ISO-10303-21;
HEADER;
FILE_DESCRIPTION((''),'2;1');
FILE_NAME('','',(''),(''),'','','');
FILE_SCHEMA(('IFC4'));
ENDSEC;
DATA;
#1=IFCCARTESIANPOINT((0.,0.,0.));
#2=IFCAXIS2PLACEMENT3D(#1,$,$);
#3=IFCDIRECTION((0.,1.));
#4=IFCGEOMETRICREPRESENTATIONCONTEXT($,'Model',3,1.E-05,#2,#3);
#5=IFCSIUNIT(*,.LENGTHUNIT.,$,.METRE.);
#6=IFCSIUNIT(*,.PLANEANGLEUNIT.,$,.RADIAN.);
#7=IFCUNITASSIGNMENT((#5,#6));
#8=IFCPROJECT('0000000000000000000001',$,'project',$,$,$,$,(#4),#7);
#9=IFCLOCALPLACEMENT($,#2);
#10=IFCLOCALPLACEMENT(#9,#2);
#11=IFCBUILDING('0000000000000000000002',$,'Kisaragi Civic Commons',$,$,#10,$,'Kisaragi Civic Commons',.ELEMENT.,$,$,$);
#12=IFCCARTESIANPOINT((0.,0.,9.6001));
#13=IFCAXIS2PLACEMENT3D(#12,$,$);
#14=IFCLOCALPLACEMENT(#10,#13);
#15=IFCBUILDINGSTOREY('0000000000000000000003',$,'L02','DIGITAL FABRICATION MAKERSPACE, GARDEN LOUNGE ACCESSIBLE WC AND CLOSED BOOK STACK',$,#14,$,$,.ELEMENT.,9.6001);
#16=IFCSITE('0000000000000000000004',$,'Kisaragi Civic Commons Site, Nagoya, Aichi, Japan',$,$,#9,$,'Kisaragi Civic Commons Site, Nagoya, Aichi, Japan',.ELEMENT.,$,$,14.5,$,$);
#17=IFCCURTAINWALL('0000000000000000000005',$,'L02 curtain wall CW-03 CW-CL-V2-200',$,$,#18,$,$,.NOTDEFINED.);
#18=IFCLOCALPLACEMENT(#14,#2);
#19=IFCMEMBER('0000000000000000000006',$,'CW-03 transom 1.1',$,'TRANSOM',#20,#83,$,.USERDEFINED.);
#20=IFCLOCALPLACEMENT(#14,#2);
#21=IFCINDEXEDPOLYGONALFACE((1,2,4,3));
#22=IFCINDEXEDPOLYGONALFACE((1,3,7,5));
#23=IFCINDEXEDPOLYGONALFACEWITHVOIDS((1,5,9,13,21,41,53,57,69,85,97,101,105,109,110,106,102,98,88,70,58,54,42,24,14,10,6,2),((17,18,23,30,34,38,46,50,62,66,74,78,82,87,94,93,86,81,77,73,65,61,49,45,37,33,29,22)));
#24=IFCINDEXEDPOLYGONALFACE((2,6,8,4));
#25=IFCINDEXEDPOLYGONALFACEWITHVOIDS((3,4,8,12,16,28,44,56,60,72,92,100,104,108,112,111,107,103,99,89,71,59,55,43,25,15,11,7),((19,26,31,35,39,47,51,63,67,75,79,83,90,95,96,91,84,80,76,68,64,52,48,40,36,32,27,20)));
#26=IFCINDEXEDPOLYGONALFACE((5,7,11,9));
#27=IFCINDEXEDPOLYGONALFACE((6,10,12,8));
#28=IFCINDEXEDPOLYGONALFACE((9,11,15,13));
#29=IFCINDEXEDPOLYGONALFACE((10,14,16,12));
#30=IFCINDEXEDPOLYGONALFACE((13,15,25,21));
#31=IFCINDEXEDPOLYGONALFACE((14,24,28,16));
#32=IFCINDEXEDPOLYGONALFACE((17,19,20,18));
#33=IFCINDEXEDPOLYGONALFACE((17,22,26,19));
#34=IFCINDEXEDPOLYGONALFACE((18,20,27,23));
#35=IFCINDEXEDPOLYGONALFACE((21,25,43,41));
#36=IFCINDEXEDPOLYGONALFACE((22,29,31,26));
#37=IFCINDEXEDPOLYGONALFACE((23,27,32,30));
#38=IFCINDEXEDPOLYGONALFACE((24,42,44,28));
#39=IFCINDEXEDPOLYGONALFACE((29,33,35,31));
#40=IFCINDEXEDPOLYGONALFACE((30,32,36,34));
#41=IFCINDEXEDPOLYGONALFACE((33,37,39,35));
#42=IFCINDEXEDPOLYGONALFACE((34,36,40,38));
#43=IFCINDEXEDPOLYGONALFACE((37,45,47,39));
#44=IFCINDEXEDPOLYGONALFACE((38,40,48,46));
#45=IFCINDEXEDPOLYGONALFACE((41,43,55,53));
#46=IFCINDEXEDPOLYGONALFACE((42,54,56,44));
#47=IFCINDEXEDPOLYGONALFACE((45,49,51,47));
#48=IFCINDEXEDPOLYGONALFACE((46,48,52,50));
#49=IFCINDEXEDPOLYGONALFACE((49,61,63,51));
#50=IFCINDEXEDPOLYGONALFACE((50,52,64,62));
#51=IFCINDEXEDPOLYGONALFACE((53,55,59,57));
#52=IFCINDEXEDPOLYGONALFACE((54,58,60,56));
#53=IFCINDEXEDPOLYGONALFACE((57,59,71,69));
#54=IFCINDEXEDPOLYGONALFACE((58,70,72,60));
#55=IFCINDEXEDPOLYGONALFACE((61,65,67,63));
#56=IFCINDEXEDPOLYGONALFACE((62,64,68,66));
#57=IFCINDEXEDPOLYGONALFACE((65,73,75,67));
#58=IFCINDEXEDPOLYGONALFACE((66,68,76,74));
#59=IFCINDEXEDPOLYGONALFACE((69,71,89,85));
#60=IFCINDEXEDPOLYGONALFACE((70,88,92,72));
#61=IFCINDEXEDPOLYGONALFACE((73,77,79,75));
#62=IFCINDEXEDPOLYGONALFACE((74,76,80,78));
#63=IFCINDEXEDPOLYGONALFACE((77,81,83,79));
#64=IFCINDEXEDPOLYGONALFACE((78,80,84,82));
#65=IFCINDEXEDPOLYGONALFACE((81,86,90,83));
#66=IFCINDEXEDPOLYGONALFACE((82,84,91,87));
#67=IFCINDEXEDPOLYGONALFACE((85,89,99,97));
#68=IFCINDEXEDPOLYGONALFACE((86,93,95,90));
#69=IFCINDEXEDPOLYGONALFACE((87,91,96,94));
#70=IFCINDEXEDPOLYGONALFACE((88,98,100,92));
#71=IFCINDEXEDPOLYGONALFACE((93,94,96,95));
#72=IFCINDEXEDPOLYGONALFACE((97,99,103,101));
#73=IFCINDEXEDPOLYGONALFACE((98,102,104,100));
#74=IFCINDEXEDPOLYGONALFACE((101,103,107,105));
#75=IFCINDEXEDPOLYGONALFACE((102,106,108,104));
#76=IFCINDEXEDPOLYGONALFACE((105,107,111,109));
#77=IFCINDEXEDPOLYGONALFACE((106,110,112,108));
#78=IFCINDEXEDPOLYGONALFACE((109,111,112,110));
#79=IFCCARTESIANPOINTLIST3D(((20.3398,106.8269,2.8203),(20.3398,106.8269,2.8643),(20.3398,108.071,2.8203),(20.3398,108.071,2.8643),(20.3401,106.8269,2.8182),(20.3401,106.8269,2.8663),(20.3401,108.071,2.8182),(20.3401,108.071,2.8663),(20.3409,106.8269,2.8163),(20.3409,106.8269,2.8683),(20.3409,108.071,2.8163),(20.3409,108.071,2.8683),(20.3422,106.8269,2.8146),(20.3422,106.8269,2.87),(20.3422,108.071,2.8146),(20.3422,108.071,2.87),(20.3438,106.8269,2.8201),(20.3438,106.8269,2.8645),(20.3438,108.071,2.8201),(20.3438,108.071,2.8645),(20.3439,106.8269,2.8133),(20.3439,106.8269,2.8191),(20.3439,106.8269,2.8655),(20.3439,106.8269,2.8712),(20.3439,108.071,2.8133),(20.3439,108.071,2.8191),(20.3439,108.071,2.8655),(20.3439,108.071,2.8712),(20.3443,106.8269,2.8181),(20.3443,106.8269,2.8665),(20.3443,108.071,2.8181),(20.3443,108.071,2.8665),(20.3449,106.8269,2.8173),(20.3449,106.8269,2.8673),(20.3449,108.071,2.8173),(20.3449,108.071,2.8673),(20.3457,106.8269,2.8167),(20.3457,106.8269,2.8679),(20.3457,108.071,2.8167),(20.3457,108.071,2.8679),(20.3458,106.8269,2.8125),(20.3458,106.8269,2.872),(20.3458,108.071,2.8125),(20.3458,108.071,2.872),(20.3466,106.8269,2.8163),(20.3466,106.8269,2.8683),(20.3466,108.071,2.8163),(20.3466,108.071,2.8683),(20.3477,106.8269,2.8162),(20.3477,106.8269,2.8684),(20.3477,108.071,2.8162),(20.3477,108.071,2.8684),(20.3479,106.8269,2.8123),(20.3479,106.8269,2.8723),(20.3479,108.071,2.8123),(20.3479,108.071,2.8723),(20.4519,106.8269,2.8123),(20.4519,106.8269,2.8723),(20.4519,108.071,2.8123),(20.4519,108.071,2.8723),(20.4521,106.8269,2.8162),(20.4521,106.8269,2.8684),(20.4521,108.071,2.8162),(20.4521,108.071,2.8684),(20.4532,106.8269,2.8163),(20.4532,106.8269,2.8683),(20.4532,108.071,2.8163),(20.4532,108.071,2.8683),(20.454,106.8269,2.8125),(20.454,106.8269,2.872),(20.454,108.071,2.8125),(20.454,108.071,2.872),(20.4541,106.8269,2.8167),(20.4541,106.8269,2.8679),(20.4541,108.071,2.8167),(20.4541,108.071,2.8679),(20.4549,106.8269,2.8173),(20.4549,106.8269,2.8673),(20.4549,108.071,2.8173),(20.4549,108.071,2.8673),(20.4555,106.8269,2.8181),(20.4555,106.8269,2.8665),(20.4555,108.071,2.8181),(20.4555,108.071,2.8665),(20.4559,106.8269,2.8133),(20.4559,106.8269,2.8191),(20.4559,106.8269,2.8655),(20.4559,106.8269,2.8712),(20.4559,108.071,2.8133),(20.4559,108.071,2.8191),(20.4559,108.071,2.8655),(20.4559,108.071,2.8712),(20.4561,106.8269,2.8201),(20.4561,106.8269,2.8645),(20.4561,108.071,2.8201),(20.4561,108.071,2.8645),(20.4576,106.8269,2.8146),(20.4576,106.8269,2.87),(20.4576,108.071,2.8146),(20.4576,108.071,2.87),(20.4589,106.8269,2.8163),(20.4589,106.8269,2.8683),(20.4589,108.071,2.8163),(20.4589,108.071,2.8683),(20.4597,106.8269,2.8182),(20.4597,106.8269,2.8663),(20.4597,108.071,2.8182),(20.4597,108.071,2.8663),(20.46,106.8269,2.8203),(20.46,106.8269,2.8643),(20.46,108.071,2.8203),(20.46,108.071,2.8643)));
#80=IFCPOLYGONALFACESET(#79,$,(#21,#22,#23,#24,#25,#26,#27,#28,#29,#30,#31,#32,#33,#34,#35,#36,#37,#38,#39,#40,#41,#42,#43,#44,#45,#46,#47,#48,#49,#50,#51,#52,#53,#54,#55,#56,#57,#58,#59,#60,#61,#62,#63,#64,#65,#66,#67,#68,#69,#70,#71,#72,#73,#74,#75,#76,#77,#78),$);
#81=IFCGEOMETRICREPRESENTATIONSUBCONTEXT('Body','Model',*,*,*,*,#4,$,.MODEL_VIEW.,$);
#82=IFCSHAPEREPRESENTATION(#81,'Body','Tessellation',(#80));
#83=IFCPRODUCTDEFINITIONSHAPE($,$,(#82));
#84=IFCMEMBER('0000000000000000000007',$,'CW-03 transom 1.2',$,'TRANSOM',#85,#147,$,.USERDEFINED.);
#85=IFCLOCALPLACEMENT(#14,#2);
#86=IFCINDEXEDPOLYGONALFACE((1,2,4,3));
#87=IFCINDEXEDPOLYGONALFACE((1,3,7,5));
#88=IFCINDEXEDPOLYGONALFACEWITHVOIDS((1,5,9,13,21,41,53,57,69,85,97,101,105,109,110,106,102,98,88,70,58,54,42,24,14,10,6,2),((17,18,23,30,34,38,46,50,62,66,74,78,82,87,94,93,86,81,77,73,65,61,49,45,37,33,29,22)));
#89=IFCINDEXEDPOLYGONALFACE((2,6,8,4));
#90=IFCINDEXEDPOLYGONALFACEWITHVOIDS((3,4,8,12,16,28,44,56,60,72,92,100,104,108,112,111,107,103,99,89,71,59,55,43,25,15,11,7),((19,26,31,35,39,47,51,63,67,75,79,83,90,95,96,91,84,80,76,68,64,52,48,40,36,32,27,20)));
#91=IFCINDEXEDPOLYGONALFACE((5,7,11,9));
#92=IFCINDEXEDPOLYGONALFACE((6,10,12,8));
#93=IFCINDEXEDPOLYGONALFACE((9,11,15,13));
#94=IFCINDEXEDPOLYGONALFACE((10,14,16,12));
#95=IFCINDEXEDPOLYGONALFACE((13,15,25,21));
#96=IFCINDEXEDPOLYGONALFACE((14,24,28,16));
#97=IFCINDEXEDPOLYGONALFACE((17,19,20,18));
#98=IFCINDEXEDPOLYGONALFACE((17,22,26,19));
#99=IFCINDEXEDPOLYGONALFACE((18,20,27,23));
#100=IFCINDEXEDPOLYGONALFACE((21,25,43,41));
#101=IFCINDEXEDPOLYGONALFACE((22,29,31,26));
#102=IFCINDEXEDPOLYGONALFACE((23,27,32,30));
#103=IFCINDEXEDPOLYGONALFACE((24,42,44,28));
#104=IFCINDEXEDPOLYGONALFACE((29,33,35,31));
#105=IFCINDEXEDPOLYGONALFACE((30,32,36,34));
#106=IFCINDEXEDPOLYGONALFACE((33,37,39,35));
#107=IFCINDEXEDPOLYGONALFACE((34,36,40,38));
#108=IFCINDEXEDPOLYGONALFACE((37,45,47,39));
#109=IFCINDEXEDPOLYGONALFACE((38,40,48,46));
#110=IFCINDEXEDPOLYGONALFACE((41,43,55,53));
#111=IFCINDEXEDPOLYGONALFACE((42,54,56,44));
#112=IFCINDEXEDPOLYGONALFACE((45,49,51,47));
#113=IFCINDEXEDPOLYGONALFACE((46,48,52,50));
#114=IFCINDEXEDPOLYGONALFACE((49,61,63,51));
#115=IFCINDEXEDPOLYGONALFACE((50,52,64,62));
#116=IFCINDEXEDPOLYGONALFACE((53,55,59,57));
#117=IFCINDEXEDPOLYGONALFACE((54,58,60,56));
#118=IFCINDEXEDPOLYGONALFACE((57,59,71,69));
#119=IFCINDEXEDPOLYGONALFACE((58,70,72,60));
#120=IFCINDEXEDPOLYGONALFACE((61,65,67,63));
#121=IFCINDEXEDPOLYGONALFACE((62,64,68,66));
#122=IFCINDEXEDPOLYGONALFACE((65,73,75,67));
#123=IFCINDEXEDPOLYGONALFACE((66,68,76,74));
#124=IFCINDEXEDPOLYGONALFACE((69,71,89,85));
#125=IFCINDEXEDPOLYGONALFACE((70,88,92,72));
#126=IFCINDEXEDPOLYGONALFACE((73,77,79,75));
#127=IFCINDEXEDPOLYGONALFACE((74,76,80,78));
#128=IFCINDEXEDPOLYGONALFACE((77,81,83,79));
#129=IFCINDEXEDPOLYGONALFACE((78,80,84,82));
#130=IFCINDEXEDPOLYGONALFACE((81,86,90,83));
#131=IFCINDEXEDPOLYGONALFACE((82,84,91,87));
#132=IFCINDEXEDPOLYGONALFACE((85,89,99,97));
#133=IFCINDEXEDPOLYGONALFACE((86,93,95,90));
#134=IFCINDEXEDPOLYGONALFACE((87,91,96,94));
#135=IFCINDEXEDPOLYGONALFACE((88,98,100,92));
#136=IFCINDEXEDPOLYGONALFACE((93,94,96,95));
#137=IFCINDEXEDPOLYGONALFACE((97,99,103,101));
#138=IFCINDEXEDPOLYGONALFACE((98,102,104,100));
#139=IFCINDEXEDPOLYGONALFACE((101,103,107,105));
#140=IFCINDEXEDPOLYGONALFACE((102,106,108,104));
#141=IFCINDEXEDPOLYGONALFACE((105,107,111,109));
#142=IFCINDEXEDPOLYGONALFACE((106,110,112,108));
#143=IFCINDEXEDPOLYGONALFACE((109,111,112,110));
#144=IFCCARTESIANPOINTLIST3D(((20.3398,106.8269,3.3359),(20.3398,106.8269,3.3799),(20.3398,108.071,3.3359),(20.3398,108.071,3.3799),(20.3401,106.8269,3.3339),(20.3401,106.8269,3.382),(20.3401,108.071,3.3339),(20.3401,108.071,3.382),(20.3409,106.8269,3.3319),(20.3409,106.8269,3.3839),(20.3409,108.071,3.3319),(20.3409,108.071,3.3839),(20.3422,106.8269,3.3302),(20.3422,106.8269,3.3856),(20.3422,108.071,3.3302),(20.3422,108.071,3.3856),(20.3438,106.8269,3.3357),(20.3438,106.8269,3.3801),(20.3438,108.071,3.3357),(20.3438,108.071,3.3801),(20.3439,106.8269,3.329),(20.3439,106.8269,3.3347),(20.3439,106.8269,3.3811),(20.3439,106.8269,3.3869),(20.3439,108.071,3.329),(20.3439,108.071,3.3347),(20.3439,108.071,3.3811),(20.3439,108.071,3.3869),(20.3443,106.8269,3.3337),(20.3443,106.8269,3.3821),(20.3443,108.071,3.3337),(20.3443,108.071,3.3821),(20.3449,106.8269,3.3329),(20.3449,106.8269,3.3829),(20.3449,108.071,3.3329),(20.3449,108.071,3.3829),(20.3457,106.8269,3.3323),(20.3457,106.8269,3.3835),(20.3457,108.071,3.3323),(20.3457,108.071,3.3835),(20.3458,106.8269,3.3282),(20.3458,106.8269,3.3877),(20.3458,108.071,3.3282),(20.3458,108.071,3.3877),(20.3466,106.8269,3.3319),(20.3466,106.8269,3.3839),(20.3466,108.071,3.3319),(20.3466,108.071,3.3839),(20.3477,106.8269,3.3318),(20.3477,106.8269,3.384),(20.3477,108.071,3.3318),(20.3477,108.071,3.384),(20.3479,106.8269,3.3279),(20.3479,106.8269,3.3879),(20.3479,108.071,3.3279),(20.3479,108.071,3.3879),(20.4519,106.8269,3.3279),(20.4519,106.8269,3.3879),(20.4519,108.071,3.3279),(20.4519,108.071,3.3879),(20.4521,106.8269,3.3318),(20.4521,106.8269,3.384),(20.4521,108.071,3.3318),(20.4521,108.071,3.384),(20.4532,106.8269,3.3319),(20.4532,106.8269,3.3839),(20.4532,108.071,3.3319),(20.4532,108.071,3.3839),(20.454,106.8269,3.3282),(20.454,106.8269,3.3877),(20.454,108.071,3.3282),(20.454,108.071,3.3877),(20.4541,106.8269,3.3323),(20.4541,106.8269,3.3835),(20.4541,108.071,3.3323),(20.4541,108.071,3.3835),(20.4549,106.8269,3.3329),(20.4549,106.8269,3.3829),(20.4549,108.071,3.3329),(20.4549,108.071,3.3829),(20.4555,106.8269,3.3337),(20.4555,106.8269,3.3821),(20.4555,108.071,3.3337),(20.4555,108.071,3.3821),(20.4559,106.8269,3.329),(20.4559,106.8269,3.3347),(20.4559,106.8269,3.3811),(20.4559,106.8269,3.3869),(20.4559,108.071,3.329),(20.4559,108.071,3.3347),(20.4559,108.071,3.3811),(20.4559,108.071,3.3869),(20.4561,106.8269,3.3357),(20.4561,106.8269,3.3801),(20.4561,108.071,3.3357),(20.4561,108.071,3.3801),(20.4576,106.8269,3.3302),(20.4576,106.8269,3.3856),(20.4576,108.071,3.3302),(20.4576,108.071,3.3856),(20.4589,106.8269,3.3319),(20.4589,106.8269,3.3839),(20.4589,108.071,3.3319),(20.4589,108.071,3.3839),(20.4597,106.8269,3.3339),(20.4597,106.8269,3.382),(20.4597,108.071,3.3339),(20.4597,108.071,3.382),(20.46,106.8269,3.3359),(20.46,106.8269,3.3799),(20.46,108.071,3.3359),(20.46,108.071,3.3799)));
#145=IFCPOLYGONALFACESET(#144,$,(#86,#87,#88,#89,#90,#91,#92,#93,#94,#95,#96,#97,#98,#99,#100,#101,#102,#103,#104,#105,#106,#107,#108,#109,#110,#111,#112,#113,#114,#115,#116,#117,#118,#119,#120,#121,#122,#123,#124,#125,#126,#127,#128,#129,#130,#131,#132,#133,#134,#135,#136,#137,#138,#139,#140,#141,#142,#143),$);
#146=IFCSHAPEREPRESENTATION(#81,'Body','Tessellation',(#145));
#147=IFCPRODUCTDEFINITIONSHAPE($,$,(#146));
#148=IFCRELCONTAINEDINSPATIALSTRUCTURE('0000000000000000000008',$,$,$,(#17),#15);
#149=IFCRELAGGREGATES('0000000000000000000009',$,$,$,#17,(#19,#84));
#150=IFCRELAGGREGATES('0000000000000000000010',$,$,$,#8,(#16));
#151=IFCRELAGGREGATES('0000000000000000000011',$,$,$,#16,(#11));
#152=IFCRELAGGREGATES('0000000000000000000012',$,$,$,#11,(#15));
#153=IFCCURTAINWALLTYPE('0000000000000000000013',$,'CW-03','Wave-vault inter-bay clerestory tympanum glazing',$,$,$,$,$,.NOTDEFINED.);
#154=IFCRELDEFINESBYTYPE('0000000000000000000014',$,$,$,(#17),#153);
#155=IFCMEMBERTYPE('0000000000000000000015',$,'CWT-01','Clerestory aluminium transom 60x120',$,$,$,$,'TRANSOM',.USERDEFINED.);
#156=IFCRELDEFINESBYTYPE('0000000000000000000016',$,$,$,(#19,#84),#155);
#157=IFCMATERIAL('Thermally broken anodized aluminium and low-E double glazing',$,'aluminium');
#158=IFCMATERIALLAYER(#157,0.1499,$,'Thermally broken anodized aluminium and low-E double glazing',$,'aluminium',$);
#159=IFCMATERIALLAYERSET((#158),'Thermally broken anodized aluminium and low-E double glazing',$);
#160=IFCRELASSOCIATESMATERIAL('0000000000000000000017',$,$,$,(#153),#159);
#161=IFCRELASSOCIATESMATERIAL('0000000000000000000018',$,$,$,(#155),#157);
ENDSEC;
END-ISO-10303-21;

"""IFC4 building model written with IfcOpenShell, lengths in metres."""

from ifc_helpers import new_model, si_unit, direction, frame, origin, origin_2d, place, context, subcontext, project, spatial, hollow_rectangle, extrude, material, layer, layer_set, material_profile, profile_set, type_object, element, aggregate, save


model = new_model("IFC4")

# Units and contexts
model_context = context("Model", 3, precision=1e-05, world=origin(), true_north=direction((0.0, 1.0)))
body_context = subcontext(model_context, "Body", "Model", "MODEL_VIEW")
ifc_project = project(units=[si_unit("LENGTHUNIT", "METRE"), si_unit("PLANEANGLEUNIT", "RADIAN")], contexts=[model_context])

# Site, building, storey
site_placement = place(None, origin())
site = spatial("IfcSite", under=ifc_project, at=site_placement, Name="Kisaragi Civic Commons Site, Nagoya, Aichi, Japan", LongName="Kisaragi Civic Commons Site, Nagoya, Aichi, Japan", CompositionType="ELEMENT", RefElevation=14.5)
building_placement = place(site_placement, origin())
building = spatial("IfcBuilding", under=site, at=building_placement, Name="Kisaragi Civic Commons", LongName="Kisaragi Civic Commons", CompositionType="ELEMENT")
storey_placement = place(building_placement, frame((0.0, 0.0, 9.6001)))
storey = spatial("IfcBuildingStorey", under=building, at=storey_placement, Name="L02", Description="DIGITAL FABRICATION MAKERSPACE, GARDEN LOUNGE ACCESSIBLE WC AND CLOSED BOOK STACK", CompositionType="ELEMENT", Elevation=9.6001)

# Shared definitions
ifc_material_1 = material(Name="Thermally broken anodized aluminium and low-E double glazing", Category="aluminium")
ifc_layer_1 = layer(ifc_material_1, 0.1499, Name="Thermally broken anodized aluminium and low-E double glazing", Category="aluminium")
ifc_layer_set_1 = layer_set([ifc_layer_1], Name="Thermally broken anodized aluminium and low-E double glazing")
curtain_wall_type = type_object("IfcCurtainWallType", Name="CW-03", Description="Wave-vault inter-bay clerestory tympanum glazing", PredefinedType="NOTDEFINED", material=ifc_layer_set_1)

# Curtain wall
curtain_wall_1_placement = place(storey_placement, origin())
curtain_wall_1 = element("IfcCurtainWall", 1, at=curtain_wall_1_placement, inside=storey, type_object=curtain_wall_type, Name="L02 curtain wall CW-03 CW-CL-V2-200", PredefinedType="NOTDEFINED")

# Members
ifc_material_profile_1 = material_profile(ifc_material_1, hollow_rectangle(XDim=0.1201, YDim=0.0601, WallThickness=0.0039, InnerFilletRadius=0.0039, OuterFilletRadius=0.0081, at=origin_2d()), Name="CWT-60x120x4", Category="aluminium")
ifc_profile_set_1 = profile_set([ifc_material_profile_1], Name="Thermally broken anodized aluminium and low-E double glazing")
member_type_1 = type_object("IfcMemberType", Name="CWT-01", Description="Clerestory aluminium transom 60x120", ElementType="TRANSOM", PredefinedType="USERDEFINED", material=ifc_profile_set_1)
member_1_placement = place(storey_placement, frame((20.3999, 106.8269, 2.8423), z_axis=(0.0, 1.0, 0.0), x_axis=(-1.0, 0.0, 0.0)))
member_1 = element("IfcMember", 2, at=member_1_placement, type_object=member_type_1, Name="CW-03 transom 1.1", ObjectType="TRANSOM", PredefinedType="USERDEFINED", context=body_context, shape_type="SweptSolid", body=[
    extrude(hollow_rectangle(XDim=0.1201, YDim=0.0601, WallThickness=0.0039, InnerFilletRadius=0.0039, OuterFilletRadius=0.0081, at=origin_2d()), origin(), (0.0, 0.0, 1.0), 1.2441),
])
member_2_placement = place(storey_placement, frame((20.3999, 106.8269, 3.3579), z_axis=(0.0, 1.0, 0.0), x_axis=(-1.0, 0.0, 0.0)))
member_2 = element("IfcMember", 3, at=member_2_placement, type_object=member_type_1, Name="CW-03 transom 1.2", ObjectType="TRANSOM", PredefinedType="USERDEFINED", context=body_context, shape_type="SweptSolid", body=[
    extrude(hollow_rectangle(XDim=0.1201, YDim=0.0601, WallThickness=0.0039, InnerFilletRadius=0.0039, OuterFilletRadius=0.0081, at=origin_2d()), origin(), (0.0, 0.0, 1.0), 1.2441),
])
aggregate(curtain_wall_1, [member_1, member_2])

save(model, "model.ifc")
